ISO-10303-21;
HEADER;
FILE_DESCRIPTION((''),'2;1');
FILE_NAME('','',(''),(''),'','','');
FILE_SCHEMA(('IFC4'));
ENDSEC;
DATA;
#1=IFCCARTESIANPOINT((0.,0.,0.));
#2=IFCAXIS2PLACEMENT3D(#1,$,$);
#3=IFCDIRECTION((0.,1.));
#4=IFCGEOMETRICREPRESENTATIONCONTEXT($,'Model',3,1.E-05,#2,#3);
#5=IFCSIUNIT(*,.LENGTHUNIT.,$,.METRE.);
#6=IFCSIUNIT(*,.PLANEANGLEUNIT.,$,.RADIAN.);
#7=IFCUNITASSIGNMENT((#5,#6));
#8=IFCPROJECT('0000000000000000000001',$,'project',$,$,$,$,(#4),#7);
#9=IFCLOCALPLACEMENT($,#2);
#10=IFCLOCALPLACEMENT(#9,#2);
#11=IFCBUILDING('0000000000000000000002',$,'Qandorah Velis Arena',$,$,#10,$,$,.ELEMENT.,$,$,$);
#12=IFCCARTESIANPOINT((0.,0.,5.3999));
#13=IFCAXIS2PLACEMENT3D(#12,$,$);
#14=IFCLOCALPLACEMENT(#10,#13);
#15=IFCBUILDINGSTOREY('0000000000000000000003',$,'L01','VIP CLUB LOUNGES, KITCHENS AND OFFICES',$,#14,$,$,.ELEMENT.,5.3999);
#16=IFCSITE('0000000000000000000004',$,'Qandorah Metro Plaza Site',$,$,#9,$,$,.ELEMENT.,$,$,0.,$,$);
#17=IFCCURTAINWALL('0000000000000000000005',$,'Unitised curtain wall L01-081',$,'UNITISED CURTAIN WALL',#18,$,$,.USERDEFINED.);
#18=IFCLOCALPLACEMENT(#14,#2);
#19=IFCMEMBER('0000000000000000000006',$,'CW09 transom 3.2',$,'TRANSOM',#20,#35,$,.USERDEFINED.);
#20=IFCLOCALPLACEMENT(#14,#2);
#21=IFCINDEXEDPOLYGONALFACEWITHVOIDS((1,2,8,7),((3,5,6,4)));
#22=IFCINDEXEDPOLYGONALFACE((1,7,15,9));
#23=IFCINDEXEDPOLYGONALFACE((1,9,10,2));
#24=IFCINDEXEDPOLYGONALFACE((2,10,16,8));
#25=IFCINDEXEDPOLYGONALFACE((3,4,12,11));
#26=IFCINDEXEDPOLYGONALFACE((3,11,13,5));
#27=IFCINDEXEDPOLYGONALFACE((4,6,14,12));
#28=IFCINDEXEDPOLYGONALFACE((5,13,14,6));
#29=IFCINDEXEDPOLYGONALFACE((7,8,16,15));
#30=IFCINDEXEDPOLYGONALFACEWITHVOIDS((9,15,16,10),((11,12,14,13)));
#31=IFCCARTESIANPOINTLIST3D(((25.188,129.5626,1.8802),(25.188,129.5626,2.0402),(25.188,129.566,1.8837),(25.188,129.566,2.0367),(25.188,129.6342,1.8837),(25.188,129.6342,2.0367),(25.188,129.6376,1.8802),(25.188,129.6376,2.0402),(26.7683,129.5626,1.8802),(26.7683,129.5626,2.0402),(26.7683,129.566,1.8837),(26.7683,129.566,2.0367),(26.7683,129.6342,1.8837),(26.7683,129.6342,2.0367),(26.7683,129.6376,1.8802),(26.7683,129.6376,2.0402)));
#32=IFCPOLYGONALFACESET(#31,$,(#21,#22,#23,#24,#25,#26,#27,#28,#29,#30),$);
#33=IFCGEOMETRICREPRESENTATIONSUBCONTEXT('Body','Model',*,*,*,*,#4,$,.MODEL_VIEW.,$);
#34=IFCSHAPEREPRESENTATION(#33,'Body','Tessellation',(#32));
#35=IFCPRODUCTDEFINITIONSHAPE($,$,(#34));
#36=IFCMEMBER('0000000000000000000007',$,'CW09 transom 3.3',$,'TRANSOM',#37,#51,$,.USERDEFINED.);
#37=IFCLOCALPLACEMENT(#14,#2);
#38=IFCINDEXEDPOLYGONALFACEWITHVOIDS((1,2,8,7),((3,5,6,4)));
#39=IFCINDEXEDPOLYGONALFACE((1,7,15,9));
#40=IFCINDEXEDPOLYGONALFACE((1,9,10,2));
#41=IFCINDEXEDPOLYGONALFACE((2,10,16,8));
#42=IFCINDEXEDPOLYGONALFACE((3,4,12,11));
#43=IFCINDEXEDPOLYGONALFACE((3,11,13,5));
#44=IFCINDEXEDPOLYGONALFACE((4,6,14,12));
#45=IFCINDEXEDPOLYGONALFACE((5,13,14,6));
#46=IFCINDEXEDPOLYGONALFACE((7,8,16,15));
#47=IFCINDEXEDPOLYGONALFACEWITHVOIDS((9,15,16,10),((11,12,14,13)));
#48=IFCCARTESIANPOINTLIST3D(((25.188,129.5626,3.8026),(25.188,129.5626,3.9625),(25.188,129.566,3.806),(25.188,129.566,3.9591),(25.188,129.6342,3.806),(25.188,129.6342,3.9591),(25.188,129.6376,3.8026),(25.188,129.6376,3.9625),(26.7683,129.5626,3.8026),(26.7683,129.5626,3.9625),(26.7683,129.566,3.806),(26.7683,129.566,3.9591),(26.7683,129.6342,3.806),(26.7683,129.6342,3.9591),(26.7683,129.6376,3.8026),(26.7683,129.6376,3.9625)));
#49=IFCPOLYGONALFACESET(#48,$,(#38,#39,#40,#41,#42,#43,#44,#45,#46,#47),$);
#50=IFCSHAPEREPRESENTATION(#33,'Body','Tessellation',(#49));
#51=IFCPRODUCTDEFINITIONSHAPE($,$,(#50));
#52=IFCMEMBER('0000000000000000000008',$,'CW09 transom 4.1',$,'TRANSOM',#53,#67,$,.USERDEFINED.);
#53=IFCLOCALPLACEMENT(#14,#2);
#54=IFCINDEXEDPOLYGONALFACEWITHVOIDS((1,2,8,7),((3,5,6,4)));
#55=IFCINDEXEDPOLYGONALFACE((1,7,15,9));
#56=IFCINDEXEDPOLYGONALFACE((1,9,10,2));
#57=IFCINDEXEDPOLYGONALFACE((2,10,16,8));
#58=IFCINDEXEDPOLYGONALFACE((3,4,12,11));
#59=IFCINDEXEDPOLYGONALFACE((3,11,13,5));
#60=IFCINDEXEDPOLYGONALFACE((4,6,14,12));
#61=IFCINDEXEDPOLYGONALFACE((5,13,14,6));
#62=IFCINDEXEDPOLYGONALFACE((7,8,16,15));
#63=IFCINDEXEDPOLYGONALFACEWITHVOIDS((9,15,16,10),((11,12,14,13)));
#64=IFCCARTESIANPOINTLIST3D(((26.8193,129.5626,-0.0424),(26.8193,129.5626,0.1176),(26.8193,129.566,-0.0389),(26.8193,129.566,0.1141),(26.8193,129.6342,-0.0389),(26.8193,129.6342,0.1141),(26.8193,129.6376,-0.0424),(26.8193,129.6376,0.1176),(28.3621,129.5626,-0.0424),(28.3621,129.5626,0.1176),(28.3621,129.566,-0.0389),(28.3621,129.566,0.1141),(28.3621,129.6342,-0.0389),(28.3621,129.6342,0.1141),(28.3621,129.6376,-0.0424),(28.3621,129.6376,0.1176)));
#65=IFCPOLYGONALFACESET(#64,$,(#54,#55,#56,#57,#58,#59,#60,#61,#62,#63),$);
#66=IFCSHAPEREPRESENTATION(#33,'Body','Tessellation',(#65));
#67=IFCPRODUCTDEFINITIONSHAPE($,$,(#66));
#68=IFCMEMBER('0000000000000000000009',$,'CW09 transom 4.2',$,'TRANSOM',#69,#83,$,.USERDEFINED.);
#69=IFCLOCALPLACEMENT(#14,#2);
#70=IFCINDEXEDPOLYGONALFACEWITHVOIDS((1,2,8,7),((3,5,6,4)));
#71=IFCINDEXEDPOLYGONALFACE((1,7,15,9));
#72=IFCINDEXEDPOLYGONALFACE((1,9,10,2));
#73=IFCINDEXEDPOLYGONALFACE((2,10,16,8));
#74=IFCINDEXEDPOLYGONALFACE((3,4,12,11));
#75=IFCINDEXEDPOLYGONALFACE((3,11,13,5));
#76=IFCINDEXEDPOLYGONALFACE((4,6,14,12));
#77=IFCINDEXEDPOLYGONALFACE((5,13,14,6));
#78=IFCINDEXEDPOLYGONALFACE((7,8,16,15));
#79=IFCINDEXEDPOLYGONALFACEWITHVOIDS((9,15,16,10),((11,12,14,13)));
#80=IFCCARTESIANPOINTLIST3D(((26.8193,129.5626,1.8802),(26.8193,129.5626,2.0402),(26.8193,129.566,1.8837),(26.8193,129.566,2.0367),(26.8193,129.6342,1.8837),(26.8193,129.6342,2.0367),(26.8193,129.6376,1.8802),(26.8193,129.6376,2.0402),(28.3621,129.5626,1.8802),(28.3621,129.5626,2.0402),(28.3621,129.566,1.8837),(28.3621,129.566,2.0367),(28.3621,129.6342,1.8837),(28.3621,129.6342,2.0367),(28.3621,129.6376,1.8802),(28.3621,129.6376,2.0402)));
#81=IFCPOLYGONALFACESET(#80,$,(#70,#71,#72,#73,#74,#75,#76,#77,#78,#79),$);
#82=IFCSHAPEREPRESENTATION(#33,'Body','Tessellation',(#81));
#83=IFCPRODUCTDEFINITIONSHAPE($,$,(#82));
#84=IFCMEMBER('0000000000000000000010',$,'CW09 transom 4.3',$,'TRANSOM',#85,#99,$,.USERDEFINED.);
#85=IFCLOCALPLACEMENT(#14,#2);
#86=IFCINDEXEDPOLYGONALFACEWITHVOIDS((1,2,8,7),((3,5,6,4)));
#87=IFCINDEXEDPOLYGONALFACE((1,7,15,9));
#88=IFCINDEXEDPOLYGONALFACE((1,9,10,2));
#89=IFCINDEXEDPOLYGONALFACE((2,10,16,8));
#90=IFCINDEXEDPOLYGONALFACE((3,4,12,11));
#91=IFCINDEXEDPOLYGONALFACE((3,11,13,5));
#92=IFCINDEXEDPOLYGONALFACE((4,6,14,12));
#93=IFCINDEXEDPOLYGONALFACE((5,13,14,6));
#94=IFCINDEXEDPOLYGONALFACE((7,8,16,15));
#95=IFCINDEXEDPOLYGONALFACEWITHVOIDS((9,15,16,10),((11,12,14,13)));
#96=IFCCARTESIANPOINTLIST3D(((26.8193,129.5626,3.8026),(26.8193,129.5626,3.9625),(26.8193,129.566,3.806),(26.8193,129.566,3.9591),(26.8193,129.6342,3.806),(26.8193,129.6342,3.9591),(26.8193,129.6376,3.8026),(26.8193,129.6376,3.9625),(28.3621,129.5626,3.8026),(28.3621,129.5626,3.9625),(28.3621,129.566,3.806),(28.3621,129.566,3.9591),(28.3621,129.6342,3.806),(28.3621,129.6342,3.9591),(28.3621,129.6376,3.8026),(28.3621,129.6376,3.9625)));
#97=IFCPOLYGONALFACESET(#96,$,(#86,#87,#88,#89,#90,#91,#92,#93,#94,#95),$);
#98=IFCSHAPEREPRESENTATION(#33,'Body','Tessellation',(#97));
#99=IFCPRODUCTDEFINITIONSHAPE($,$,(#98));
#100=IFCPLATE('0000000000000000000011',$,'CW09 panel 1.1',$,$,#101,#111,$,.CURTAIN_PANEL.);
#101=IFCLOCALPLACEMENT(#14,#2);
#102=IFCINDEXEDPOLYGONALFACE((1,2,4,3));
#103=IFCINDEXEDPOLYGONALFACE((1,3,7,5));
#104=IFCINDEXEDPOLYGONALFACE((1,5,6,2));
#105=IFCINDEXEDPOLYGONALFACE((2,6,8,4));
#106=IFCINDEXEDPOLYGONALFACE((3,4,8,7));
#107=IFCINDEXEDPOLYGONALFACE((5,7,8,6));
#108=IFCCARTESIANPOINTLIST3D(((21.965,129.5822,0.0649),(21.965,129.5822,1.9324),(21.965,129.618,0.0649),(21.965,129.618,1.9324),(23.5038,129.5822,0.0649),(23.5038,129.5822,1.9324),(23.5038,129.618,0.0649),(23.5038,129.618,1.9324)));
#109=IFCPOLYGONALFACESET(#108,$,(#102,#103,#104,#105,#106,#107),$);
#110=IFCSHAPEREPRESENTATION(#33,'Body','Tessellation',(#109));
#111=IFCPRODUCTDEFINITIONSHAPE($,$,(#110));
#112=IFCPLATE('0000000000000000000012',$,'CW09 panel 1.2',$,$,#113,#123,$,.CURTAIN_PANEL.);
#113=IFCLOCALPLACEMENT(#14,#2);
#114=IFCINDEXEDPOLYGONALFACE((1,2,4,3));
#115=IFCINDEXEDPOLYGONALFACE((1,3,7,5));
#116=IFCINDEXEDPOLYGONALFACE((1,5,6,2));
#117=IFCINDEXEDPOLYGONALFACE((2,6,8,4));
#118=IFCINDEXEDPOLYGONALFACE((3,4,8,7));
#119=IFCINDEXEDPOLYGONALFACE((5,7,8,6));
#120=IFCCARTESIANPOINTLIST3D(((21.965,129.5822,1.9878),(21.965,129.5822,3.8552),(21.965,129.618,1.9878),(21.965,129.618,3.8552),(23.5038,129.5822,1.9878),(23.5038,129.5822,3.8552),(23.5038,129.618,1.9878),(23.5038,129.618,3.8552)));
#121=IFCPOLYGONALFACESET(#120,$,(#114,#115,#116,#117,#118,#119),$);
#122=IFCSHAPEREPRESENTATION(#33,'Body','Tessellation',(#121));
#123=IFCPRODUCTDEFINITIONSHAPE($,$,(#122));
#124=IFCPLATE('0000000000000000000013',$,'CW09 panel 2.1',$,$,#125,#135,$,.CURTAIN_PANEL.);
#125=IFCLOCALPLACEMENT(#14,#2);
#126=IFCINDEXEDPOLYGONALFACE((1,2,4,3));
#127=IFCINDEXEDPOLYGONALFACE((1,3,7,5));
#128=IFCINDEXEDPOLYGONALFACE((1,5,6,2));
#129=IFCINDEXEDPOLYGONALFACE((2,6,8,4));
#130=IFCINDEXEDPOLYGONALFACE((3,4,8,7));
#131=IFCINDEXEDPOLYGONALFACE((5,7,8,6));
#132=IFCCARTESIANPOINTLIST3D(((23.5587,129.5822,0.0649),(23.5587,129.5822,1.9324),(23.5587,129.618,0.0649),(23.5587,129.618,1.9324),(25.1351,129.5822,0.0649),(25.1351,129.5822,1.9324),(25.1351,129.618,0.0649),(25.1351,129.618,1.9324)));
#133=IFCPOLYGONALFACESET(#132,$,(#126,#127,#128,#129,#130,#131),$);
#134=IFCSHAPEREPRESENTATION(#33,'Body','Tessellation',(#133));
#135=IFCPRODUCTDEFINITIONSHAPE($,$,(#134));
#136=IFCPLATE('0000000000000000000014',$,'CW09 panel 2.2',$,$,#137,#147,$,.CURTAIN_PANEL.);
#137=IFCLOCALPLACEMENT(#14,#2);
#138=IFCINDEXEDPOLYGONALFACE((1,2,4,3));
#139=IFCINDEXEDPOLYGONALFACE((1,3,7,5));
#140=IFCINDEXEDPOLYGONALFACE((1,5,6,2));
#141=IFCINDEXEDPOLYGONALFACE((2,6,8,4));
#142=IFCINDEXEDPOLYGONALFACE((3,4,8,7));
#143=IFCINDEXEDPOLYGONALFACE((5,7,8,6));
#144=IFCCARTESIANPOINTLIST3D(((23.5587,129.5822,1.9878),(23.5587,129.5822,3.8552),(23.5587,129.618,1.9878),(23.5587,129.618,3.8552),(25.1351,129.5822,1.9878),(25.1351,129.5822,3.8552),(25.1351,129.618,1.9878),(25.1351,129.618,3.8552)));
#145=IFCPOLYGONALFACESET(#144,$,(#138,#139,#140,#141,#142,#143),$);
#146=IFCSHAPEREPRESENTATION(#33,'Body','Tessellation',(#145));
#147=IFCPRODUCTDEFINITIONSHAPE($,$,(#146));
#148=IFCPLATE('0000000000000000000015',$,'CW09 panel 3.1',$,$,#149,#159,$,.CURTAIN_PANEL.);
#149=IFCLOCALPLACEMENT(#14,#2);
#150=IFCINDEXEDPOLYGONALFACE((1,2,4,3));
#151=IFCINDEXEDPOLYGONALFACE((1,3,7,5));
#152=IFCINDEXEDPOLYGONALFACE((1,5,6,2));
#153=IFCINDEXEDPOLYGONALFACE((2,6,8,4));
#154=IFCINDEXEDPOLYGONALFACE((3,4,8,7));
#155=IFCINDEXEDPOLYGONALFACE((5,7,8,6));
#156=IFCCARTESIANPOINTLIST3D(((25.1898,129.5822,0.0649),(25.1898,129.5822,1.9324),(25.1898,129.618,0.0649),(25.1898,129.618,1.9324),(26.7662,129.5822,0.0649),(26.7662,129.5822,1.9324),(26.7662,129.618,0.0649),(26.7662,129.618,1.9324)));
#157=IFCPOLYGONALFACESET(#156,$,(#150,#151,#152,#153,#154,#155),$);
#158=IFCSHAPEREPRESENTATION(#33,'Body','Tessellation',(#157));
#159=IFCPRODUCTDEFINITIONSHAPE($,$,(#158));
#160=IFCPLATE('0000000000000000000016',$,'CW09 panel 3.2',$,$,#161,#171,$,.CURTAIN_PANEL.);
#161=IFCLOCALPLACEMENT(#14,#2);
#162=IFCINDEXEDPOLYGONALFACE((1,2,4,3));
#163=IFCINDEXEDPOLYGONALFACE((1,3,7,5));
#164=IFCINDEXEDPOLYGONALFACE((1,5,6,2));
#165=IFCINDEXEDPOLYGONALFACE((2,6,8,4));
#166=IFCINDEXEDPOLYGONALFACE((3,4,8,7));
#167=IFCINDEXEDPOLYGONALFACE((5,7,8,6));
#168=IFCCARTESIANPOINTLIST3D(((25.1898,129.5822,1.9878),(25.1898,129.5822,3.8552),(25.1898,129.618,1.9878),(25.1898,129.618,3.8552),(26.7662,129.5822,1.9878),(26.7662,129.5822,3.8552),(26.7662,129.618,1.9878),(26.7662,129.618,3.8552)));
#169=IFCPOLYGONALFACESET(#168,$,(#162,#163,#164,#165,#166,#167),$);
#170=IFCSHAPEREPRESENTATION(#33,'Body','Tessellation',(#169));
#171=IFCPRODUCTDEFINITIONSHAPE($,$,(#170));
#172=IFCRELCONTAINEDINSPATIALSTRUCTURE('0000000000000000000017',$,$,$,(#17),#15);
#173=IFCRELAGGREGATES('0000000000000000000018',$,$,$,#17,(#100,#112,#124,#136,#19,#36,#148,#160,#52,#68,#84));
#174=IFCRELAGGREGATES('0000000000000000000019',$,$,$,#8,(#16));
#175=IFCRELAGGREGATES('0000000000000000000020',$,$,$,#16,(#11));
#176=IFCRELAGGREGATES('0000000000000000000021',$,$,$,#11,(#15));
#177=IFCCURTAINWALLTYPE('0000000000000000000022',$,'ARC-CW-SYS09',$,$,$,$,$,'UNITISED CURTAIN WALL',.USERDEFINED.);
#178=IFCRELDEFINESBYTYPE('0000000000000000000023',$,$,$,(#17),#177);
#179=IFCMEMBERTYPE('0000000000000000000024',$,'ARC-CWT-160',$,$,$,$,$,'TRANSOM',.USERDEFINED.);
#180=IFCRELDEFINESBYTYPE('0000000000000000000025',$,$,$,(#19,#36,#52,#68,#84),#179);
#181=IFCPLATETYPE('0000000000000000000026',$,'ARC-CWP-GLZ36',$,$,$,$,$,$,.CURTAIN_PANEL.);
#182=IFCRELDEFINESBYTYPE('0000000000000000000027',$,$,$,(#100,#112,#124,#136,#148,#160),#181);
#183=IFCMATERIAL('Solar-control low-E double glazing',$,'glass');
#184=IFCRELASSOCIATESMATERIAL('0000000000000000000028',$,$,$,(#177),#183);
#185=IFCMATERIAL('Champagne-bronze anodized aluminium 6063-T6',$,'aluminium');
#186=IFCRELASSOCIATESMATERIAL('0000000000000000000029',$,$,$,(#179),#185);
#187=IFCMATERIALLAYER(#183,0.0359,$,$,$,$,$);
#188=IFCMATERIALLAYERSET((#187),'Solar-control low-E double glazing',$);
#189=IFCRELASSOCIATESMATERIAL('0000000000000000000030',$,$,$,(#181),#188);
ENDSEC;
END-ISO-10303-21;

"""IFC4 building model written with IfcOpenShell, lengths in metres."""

from ifc_helpers import new_model, si_unit, direction, frame, origin, origin_2d, place, context, subcontext, project, spatial, rectangle, hollow_rectangle, extrude, material, layer, layer_set, material_profile, profile_set, type_object, element, aggregate, save


model = new_model("IFC4")

# Units and contexts
model_context = context("Model", 3, precision=1e-05, world=origin(), true_north=direction((0.0, 1.0)))
body_context = subcontext(model_context, "Body", "Model", "MODEL_VIEW")
ifc_project = project(units=[si_unit("LENGTHUNIT", "METRE"), si_unit("PLANEANGLEUNIT", "RADIAN")], contexts=[model_context])

# Site, building, storey
site_placement = place(None, origin())
site = spatial("IfcSite", under=ifc_project, at=site_placement, Name="Qandorah Metro Plaza Site", CompositionType="ELEMENT", RefElevation=0.0)
building_placement = place(site_placement, origin())
building = spatial("IfcBuilding", under=site, at=building_placement, Name="Qandorah Velis Arena", CompositionType="ELEMENT")
storey_placement = place(building_placement, frame((0.0, 0.0, 5.3999)))
storey = spatial("IfcBuildingStorey", under=building, at=storey_placement, Name="L01", Description="VIP CLUB LOUNGES, KITCHENS AND OFFICES", CompositionType="ELEMENT", Elevation=5.3999)

# Curtain wall, members, plates
ifc_material_1 = material(Name="Solar-control low-E double glazing", Category="glass")
curtain_wall_type = type_object("IfcCurtainWallType", Name="ARC-CW-SYS09", ElementType="UNITISED CURTAIN WALL", PredefinedType="USERDEFINED", material=ifc_material_1)
curtain_wall_placement = place(storey_placement, origin())
curtain_wall = element("IfcCurtainWall", 1, at=curtain_wall_placement, inside=storey, type_object=curtain_wall_type, Name="Unitised curtain wall L01-081", ObjectType="UNITISED CURTAIN WALL", PredefinedType="USERDEFINED")
ifc_material_2 = material(Name="Champagne-bronze anodized aluminium 6063-T6", Category="aluminium")
ifc_material_profile_1 = material_profile(ifc_material_2, hollow_rectangle(XDim=0.075, YDim=0.1599, WallThickness=0.0034, at=origin_2d()), Name="ALU TRANSOM 75x160")
ifc_profile_set_1 = profile_set([ifc_material_profile_1], Name="Champagne-bronze anodized aluminium 6063-T6")
member_type_1 = type_object("IfcMemberType", Name="ARC-CWT-160", ElementType="TRANSOM", PredefinedType="USERDEFINED", material=ifc_profile_set_1)
member_1_placement = place(storey_placement, frame((25.188, 129.6001, 1.9602), z_axis=(1.0, 0.0, 0.0), x_axis=(0.0, 1.0, 0.0)))
member_1 = element("IfcMember", 2, at=member_1_placement, type_object=member_type_1, Name="CW09 transom 3.2", ObjectType="TRANSOM", PredefinedType="USERDEFINED", context=body_context, shape_type="SweptSolid", body=[
    extrude(hollow_rectangle(XDim=0.075, YDim=0.1599, WallThickness=0.0034, at=origin_2d()), origin(), (0.0, 0.0, 1.0), 1.5803),
])
member_2_placement = place(storey_placement, frame((25.188, 129.6001, 3.8826), z_axis=(1.0, 0.0, 0.0), x_axis=(0.0, 1.0, 0.0)))
member_2 = element("IfcMember", 3, at=member_2_placement, type_object=member_type_1, Name="CW09 transom 3.3", ObjectType="TRANSOM", PredefinedType="USERDEFINED", context=body_context, shape_type="SweptSolid", body=[
    extrude(hollow_rectangle(XDim=0.075, YDim=0.1599, WallThickness=0.0034, at=origin_2d()), origin(), (0.0, 0.0, 1.0), 1.5803),
])
member_3_placement = place(storey_placement, frame((26.8193, 129.6001, 0.0376), z_axis=(1.0, 0.0, 0.0), x_axis=(0.0, 1.0, 0.0)))
member_3 = element("IfcMember", 4, at=member_3_placement, type_object=member_type_1, Name="CW09 transom 4.1", ObjectType="TRANSOM", PredefinedType="USERDEFINED", context=body_context, shape_type="SweptSolid", body=[
    extrude(hollow_rectangle(XDim=0.075, YDim=0.1599, WallThickness=0.0034, at=origin_2d()), origin(), (0.0, 0.0, 1.0), 1.5427),
])
member_4_placement = place(storey_placement, frame((26.8193, 129.6001, 1.9602), z_axis=(1.0, 0.0, 0.0), x_axis=(0.0, 1.0, 0.0)))
member_4 = element("IfcMember", 5, at=member_4_placement, type_object=member_type_1, Name="CW09 transom 4.2", ObjectType="TRANSOM", PredefinedType="USERDEFINED", context=body_context, shape_type="SweptSolid", body=[
    extrude(hollow_rectangle(XDim=0.075, YDim=0.1599, WallThickness=0.0034, at=origin_2d()), origin(), (0.0, 0.0, 1.0), 1.5427),
])
member_5_placement = place(storey_placement, frame((26.8193, 129.6001, 3.8826), z_axis=(1.0, 0.0, 0.0), x_axis=(0.0, 1.0, 0.0)))
member_5 = element("IfcMember", 6, at=member_5_placement, type_object=member_type_1, Name="CW09 transom 4.3", ObjectType="TRANSOM", PredefinedType="USERDEFINED", context=body_context, shape_type="SweptSolid", body=[
    extrude(hollow_rectangle(XDim=0.075, YDim=0.1599, WallThickness=0.0034, at=origin_2d()), origin(), (0.0, 0.0, 1.0), 1.5427),
])
ifc_layer = layer(ifc_material_1, 0.0359)
ifc_layer_set = layer_set([ifc_layer], Name="Solar-control low-E double glazing")
plate_type = type_object("IfcPlateType", Name="ARC-CWP-GLZ36", PredefinedType="CURTAIN_PANEL", material=ifc_layer_set)
plate_1_placement = place(storey_placement, frame((22.7344, 129.6001, 0.0649), z_axis=(0.0, 0.0, 1.0), x_axis=(1.0, 0.0, 0.0)))
plate_1 = element("IfcPlate", 7, at=plate_1_placement, type_object=plate_type, Name="CW09 panel 1.1", PredefinedType="CURTAIN_PANEL", context=body_context, shape_type="SweptSolid", body=[
    extrude(rectangle(XDim=1.5388, YDim=0.0359, at=origin_2d()), origin(), (0.0, 0.0, 1.0), 1.8674),
])
plate_2_placement = place(storey_placement, frame((22.7344, 129.6001, 1.9878), z_axis=(0.0, 0.0, 1.0), x_axis=(1.0, 0.0, 0.0)))
plate_2 = element("IfcPlate", 8, at=plate_2_placement, type_object=plate_type, Name="CW09 panel 1.2", PredefinedType="CURTAIN_PANEL", context=body_context, shape_type="SweptSolid", body=[
    extrude(rectangle(XDim=1.5388, YDim=0.0359, at=origin_2d()), origin(), (0.0, 0.0, 1.0), 1.8674),
])
plate_3_placement = place(storey_placement, frame((24.3469, 129.6001, 0.0649), z_axis=(0.0, 0.0, 1.0), x_axis=(1.0, 0.0, 0.0)))
plate_3 = element("IfcPlate", 9, at=plate_3_placement, type_object=plate_type, Name="CW09 panel 2.1", PredefinedType="CURTAIN_PANEL", context=body_context, shape_type="SweptSolid", body=[
    extrude(rectangle(XDim=1.5764, YDim=0.0359, at=origin_2d()), origin(), (0.0, 0.0, 1.0), 1.8674),
])
plate_4_placement = place(storey_placement, frame((24.3469, 129.6001, 1.9878), z_axis=(0.0, 0.0, 1.0), x_axis=(1.0, 0.0, 0.0)))
plate_4 = element("IfcPlate", 10, at=plate_4_placement, type_object=plate_type, Name="CW09 panel 2.2", PredefinedType="CURTAIN_PANEL", context=body_context, shape_type="SweptSolid", body=[
    extrude(rectangle(XDim=1.5764, YDim=0.0359, at=origin_2d()), origin(), (0.0, 0.0, 1.0), 1.8674),
])
plate_5_placement = place(storey_placement, frame((25.978, 129.6001, 0.0649), z_axis=(0.0, 0.0, 1.0), x_axis=(1.0, 0.0, 0.0)))
plate_5 = element("IfcPlate", 11, at=plate_5_placement, type_object=plate_type, Name="CW09 panel 3.1", PredefinedType="CURTAIN_PANEL", context=body_context, shape_type="SweptSolid", body=[
    extrude(rectangle(XDim=1.5764, YDim=0.0359, at=origin_2d()), origin(), (0.0, 0.0, 1.0), 1.8674),
])
plate_6_placement = place(storey_placement, frame((25.978, 129.6001, 1.9878), z_axis=(0.0, 0.0, 1.0), x_axis=(1.0, 0.0, 0.0)))
plate_6 = element("IfcPlate", 12, at=plate_6_placement, type_object=plate_type, Name="CW09 panel 3.2", PredefinedType="CURTAIN_PANEL", context=body_context, shape_type="SweptSolid", body=[
    extrude(rectangle(XDim=1.5764, YDim=0.0359, at=origin_2d()), origin(), (0.0, 0.0, 1.0), 1.8674),
])
aggregate(curtain_wall, [plate_1, plate_2, plate_3, plate_4, member_1, member_2, plate_5, plate_6, member_3, member_4, member_5])

save(model, "model.ifc")
